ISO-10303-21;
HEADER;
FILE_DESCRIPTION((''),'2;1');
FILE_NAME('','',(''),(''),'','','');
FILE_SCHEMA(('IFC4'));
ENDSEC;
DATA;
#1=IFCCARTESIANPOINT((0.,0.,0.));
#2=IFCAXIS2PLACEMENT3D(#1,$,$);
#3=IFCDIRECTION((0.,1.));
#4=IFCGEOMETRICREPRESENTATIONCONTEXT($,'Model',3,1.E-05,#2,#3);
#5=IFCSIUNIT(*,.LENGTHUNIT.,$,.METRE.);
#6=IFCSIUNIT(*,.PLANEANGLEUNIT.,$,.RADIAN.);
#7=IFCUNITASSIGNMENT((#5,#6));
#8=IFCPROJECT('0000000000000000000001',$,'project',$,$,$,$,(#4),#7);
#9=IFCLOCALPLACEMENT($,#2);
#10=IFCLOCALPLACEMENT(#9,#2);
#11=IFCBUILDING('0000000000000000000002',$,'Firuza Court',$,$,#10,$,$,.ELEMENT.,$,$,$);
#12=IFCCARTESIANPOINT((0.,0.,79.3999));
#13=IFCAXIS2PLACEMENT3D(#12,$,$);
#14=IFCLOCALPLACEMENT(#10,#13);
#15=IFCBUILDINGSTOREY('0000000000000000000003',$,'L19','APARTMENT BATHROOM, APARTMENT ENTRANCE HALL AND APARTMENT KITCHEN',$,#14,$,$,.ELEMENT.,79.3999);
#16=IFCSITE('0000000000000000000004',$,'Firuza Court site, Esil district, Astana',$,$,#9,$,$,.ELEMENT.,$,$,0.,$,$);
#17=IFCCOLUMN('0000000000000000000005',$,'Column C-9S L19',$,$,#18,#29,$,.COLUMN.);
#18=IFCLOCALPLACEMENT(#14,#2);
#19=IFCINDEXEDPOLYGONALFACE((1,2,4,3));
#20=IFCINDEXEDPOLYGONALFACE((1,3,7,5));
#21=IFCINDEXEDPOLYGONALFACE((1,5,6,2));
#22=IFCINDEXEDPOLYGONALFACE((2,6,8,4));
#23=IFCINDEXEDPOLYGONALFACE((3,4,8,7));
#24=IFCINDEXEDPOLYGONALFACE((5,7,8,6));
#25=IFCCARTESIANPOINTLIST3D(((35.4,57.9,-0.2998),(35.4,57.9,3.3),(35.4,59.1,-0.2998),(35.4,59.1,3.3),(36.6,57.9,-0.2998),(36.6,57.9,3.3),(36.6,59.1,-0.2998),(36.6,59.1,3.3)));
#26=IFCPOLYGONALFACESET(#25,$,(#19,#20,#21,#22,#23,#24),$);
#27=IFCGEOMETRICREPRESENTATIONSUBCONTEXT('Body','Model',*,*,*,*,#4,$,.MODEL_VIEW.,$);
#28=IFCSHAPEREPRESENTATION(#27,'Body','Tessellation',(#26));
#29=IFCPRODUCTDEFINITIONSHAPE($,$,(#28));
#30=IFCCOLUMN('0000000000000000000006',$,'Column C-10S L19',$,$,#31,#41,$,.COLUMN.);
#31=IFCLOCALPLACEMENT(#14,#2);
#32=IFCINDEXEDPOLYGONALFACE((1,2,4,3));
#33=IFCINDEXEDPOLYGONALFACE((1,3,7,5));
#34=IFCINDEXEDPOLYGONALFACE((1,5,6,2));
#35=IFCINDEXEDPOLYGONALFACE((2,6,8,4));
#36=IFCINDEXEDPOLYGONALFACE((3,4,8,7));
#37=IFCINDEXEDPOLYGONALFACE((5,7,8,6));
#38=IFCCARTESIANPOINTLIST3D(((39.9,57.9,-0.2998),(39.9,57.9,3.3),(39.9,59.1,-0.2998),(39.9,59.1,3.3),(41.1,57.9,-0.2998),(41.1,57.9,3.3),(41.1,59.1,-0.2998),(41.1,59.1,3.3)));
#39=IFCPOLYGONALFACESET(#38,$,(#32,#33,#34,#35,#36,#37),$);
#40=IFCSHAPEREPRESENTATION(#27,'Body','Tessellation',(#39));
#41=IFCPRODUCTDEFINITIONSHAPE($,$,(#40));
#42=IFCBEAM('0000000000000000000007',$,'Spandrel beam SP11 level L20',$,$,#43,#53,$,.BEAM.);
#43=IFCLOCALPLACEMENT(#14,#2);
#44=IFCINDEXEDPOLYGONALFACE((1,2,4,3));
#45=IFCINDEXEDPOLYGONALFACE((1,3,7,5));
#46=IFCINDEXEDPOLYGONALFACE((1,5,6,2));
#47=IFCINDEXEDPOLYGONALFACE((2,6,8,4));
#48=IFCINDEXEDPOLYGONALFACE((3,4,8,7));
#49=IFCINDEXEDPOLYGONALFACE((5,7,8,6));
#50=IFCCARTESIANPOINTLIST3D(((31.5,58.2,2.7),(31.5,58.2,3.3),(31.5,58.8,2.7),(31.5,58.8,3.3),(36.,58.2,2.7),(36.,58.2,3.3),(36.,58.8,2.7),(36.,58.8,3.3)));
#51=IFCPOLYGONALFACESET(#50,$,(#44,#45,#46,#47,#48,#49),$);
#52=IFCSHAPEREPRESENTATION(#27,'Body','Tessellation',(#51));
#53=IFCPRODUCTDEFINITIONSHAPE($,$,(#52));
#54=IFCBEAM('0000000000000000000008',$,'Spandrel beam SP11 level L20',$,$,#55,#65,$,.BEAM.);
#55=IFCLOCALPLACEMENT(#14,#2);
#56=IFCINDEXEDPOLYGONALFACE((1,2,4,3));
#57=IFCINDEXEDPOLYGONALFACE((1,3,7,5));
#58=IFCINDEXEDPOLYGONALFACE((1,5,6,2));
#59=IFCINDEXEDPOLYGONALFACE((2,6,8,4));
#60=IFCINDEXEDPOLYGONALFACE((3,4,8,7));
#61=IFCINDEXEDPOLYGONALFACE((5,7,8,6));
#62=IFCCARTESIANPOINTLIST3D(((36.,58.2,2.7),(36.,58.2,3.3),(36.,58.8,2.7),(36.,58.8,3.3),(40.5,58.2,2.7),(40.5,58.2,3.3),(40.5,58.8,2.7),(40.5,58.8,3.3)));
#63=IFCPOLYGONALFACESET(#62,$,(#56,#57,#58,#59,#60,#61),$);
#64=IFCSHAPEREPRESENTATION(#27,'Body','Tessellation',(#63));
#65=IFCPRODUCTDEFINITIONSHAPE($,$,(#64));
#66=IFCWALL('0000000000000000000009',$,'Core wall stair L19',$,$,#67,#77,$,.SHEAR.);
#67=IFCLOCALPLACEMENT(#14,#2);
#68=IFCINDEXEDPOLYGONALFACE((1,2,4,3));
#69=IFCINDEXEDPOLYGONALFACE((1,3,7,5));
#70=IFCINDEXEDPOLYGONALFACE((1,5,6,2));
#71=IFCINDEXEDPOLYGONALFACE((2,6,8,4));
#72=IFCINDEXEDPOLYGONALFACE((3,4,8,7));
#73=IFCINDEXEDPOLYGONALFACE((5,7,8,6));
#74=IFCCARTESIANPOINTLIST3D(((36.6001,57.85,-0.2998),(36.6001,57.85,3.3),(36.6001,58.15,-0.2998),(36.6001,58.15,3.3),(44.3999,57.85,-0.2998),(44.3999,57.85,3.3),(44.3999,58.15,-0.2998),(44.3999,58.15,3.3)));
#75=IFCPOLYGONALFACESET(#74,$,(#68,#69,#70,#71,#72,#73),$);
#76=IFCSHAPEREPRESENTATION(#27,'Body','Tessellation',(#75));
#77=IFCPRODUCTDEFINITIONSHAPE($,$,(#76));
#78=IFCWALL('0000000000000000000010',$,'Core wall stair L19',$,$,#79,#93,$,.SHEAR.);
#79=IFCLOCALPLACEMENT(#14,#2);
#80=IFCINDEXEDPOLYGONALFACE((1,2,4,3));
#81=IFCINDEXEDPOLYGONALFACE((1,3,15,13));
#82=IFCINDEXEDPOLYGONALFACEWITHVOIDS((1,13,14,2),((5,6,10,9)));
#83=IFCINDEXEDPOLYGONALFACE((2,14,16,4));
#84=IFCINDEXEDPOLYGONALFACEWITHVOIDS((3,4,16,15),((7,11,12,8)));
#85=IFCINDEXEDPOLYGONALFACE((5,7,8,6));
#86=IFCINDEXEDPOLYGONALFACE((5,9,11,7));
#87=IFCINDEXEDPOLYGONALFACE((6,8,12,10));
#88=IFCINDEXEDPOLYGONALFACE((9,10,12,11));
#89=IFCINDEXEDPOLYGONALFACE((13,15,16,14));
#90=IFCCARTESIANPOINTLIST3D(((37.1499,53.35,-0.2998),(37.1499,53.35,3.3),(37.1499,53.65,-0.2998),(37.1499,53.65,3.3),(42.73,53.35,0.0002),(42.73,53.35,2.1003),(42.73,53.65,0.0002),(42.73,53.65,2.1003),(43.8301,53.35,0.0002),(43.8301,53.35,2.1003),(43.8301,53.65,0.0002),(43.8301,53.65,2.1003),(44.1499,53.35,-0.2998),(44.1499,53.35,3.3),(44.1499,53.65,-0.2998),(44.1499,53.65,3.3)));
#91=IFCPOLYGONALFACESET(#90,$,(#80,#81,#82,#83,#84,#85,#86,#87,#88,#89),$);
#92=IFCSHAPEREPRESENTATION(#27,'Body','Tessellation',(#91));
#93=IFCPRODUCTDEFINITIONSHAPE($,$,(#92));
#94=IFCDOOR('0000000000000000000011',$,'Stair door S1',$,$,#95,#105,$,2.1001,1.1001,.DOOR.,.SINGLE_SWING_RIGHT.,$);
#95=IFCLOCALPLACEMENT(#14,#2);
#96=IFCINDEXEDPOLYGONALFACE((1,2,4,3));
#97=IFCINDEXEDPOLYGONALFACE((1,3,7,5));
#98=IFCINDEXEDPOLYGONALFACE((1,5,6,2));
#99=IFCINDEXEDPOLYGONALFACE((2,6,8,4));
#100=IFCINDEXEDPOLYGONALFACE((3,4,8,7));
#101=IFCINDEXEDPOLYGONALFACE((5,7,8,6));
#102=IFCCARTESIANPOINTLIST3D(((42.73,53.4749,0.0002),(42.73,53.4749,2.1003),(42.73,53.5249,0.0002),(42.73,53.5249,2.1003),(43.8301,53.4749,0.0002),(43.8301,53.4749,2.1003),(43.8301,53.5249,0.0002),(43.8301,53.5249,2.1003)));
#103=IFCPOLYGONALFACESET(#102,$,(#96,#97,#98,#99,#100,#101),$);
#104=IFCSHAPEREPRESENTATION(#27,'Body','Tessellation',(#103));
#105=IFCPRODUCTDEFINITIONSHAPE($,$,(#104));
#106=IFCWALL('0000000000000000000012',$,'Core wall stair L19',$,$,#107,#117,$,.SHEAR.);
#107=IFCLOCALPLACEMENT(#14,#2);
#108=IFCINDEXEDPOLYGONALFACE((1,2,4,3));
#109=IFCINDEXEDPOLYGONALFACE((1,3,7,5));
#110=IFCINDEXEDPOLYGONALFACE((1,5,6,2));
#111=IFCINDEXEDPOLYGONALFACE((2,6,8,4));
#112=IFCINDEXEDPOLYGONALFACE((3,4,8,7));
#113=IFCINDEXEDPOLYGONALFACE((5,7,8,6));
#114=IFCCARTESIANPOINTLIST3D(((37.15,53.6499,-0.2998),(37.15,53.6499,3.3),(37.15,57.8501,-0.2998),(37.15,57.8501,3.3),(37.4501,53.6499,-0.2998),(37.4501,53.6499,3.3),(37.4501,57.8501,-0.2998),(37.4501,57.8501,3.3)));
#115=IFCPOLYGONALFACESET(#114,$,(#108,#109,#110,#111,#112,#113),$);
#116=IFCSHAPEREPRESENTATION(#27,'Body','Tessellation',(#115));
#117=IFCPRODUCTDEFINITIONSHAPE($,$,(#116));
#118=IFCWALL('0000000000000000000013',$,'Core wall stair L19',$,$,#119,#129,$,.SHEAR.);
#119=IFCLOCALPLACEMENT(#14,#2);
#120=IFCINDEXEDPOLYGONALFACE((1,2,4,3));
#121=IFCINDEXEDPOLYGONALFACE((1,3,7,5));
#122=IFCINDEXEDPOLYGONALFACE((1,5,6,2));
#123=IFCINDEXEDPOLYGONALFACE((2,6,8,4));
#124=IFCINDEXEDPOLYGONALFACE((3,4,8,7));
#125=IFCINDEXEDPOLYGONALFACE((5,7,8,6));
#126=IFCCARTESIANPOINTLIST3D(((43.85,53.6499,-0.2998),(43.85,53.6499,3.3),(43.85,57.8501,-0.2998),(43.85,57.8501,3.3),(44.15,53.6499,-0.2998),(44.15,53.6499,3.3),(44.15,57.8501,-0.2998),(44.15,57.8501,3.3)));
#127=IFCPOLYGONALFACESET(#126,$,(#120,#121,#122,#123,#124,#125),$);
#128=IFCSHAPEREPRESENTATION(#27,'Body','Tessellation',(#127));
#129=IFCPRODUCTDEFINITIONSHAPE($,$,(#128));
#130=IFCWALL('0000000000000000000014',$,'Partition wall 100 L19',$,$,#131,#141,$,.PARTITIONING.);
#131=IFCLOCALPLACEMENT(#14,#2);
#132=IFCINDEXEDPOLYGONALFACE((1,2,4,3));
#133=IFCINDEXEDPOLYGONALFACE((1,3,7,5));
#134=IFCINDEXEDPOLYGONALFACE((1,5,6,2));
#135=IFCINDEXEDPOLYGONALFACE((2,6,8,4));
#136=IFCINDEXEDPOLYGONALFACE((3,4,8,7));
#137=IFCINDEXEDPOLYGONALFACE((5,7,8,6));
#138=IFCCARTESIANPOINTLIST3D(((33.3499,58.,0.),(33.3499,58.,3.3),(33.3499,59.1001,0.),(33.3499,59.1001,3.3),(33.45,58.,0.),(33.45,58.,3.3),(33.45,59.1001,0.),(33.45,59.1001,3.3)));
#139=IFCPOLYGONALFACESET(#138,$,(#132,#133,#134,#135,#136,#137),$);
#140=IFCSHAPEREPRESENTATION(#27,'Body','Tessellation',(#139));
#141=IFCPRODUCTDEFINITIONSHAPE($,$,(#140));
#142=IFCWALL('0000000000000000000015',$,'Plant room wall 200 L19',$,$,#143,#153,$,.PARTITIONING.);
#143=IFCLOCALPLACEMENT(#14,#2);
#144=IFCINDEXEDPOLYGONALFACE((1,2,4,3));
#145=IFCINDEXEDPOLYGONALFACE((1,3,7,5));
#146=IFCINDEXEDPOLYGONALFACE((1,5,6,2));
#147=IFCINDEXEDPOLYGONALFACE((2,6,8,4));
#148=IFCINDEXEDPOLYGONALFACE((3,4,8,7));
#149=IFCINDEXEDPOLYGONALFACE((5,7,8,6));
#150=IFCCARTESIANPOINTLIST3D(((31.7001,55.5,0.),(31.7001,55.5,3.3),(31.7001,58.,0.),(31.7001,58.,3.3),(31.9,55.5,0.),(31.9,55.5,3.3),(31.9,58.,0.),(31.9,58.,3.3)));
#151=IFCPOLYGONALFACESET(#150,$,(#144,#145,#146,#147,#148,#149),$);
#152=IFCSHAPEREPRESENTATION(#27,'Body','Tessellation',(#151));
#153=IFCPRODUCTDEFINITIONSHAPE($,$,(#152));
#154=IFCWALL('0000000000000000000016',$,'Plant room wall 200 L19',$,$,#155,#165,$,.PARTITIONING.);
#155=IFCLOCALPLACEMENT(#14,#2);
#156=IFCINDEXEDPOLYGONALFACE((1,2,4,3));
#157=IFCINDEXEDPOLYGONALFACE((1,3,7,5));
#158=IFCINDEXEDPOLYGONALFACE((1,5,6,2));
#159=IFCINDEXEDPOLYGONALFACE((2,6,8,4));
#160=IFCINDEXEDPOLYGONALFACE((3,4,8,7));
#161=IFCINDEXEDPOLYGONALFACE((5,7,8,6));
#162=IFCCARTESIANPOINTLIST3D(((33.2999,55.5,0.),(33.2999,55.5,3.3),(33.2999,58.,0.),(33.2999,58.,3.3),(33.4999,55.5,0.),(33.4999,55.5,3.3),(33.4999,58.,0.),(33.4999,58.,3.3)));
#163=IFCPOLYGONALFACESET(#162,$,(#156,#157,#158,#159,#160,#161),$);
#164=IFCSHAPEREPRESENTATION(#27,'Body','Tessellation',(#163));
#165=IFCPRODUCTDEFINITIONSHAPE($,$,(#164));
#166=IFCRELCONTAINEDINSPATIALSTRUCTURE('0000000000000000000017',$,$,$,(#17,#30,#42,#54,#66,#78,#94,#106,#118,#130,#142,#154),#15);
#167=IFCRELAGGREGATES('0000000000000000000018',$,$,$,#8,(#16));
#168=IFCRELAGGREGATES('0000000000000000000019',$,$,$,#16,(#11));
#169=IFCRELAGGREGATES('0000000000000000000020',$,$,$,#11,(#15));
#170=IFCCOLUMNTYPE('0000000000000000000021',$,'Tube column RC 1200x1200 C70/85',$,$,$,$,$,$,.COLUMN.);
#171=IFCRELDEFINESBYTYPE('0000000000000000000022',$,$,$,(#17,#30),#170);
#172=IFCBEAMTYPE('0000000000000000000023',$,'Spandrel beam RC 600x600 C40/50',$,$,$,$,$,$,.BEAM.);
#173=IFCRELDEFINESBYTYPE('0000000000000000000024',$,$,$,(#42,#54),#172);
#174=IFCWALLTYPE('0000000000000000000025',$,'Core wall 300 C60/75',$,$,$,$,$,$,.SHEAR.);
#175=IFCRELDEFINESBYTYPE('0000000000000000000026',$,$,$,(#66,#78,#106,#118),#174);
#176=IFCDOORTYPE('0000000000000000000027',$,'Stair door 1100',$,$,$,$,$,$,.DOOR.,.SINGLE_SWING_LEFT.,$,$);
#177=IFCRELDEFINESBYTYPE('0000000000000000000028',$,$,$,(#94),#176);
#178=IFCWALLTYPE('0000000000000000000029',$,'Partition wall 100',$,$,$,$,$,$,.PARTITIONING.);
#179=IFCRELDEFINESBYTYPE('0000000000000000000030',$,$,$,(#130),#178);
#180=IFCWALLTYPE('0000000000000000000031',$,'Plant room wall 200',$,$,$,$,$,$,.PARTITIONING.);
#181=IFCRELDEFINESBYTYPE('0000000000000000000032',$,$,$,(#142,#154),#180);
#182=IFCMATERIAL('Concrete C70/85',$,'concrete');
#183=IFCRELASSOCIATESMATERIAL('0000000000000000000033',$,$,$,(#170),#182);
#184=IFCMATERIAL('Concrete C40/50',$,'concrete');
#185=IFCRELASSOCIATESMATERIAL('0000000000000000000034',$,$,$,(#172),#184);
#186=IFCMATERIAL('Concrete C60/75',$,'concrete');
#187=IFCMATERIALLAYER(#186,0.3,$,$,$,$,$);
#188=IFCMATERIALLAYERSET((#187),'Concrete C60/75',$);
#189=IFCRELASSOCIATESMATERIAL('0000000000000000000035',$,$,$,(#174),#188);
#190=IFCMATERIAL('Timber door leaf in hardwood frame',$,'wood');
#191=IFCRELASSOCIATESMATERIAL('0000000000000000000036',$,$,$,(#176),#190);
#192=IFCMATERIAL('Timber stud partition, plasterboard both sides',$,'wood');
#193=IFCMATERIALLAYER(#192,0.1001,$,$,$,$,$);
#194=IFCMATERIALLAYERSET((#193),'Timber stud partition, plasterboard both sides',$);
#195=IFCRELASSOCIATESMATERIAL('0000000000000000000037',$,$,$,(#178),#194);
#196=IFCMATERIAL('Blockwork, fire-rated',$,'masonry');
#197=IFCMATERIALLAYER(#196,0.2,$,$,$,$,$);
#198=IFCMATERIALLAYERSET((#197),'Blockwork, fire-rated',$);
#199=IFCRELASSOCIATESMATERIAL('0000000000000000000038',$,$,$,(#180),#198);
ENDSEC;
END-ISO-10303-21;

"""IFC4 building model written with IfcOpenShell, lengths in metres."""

from ifc_helpers import new_model, si_unit, direction, frame, frame_2d, origin, origin_2d, place, context, subcontext, project, spatial, rectangle, extrude, material, layer, layer_set, material_profile, profile_set, type_object, element, fill, save


model = new_model("IFC4")

# Units and contexts
model_context = context("Model", 3, precision=1e-05, world=origin(), true_north=direction((0.0, 1.0)))
body_context = subcontext(model_context, "Body", "Model", "MODEL_VIEW")
ifc_project = project(units=[si_unit("LENGTHUNIT", "METRE"), si_unit("PLANEANGLEUNIT", "RADIAN")], contexts=[model_context])

# Site, building, storey
site_placement = place(None, origin())
site = spatial("IfcSite", under=ifc_project, at=site_placement, Name="Firuza Court site, Esil district, Astana", CompositionType="ELEMENT", RefElevation=0.0)
building_placement = place(site_placement, origin())
building = spatial("IfcBuilding", under=site, at=building_placement, Name="Firuza Court", CompositionType="ELEMENT")
storey_placement = place(building_placement, frame((0.0, 0.0, 79.3999)))
storey = spatial("IfcBuildingStorey", under=building, at=storey_placement, Name="L19", Description="APARTMENT BATHROOM, APARTMENT ENTRANCE HALL AND APARTMENT KITCHEN", CompositionType="ELEMENT", Elevation=79.3999)

# Columns
ifc_material_1 = material(Name="Concrete C70/85", Category="concrete")
ifc_material_profile_1 = material_profile(ifc_material_1, rectangle(XDim=1.2, YDim=1.2, at=origin_2d()), Name="RC 1200x1200")
ifc_profile_set_1 = profile_set([ifc_material_profile_1], Name="Concrete C70/85")
column_type = type_object("IfcColumnType", Name="Tube column RC 1200x1200 C70/85", PredefinedType="COLUMN", material=ifc_profile_set_1)
for number, where, z_axis, x_axis, name in (
    (1, (36.0, 58.5, -0.2998), (0.0, 0.0, 1.0), (1.0, 0.0, 0.0), "Column C-9S L19"),
    (2, (40.5, 58.5, -0.2998), (0.0, 0.0, 1.0), (1.0, 0.0, 0.0), "Column C-10S L19"),
):
    element("IfcColumn", number, at=place(storey_placement, frame(where, z_axis=z_axis, x_axis=x_axis)), inside=storey, type_object=column_type, Name=name, PredefinedType="COLUMN", context=body_context, shape_type="SweptSolid", body=[
        extrude(rectangle(XDim=1.2, YDim=1.2, at=origin_2d()), origin(), (0.0, 0.0, 1.0), 3.5999),
    ])

# Beams
ifc_material_2 = material(Name="Concrete C40/50", Category="concrete")
ifc_material_profile_2 = material_profile(ifc_material_2, rectangle(XDim=0.6001, YDim=0.6001, at=origin_2d()), Name="RC 600x600")
ifc_profile_set_2 = profile_set([ifc_material_profile_2], Name="Concrete C40/50")
beam_type = type_object("IfcBeamType", Name="Spandrel beam RC 600x600 C40/50", PredefinedType="BEAM", material=ifc_profile_set_2)
for number, where, z_axis, x_axis, name in (
    (3, (36.0, 58.5, 3.0), (-1.0, 0.0, 0.0), (0.0, -1.0, 0.0), "Spandrel beam SP11 level L20"),
    (4, (40.5, 58.5, 3.0), (-1.0, 0.0, 0.0), (0.0, -1.0, 0.0), "Spandrel beam SP11 level L20"),
):
    element("IfcBeam", number, at=place(storey_placement, frame(where, z_axis=z_axis, x_axis=x_axis)), inside=storey, type_object=beam_type, Name=name, PredefinedType="BEAM", context=body_context, shape_type="SweptSolid", body=[
        extrude(rectangle(XDim=0.6001, YDim=0.6001, at=origin_2d()), origin(), (0.0, 0.0, 1.0), 4.5),
    ])

# Wall
ifc_material_3 = material(Name="Concrete C60/75", Category="concrete")
ifc_layer_1 = layer(ifc_material_3, 0.3)
ifc_layer_set_1 = layer_set([ifc_layer_1], Name="Concrete C60/75")
wall_type_1 = type_object("IfcWallType", Name="Core wall 300 C60/75", PredefinedType="SHEAR", material=ifc_layer_set_1)
wall_1_placement = place(storey_placement, frame((36.6001, 58.0, -0.2998), z_axis=(0.0, 0.0, 1.0), x_axis=(1.0, 0.0, 0.0)))
element("IfcWall", 5, at=wall_1_placement, inside=storey, type_object=wall_type_1, Name="Core wall stair L19", PredefinedType="SHEAR", context=body_context, shape_type="SweptSolid", body=[
    extrude(rectangle(XDim=7.7998, YDim=0.3, at=frame_2d((3.8999, 0.0))), origin(), (0.0, 0.0, 1.0), 3.5999),
])

# Wall, opening, door
wall_2_placement = place(storey_placement, frame((37.1499, 53.5, -0.2998), z_axis=(0.0, 0.0, 1.0), x_axis=(1.0, 0.0, 0.0)))
wall_2 = element("IfcWall", 6, at=wall_2_placement, inside=storey, type_object=wall_type_1, Name="Core wall stair L19", PredefinedType="SHEAR", context=body_context, shape_type="SweptSolid", body=[
    extrude(rectangle(XDim=7.0, YDim=0.3, at=frame_2d((3.5, 0.0))), origin(), (0.0, 0.0, 1.0), 3.5999),
])
opening_1_placement = place(wall_2_placement, frame((5.5801, 0.0, 0.3)))
opening_1 = element("IfcOpeningElement", 7, at=opening_1_placement, cuts=wall_2, PredefinedType="OPENING", context=body_context, shape_type="SweptSolid", body=[
    extrude(rectangle(XDim=1.1001, YDim=2.1001, at=frame_2d((0.55, 1.05))), frame((0.0, 0.1621, 0.0), z_axis=(0.0, -1.0, 0.0), x_axis=(1.0, 0.0, 0.0)), (0.0, 0.0, 1.0), 0.324),
])
ifc_material_4 = material(Name="Timber door leaf in hardwood frame", Category="wood")
door_type_1 = type_object("IfcDoorType", Name="Stair door 1100", OperationType="SINGLE_SWING_LEFT", PredefinedType="DOOR", material=ifc_material_4)
door_1_placement = place(opening_1_placement, origin())
door_1 = element("IfcDoor", 8, at=door_1_placement, inside=storey, type_object=door_type_1, Name="Stair door S1", OperationType="SINGLE_SWING_RIGHT", OverallHeight=2.1001, OverallWidth=1.1001, PredefinedType="DOOR", context=body_context, shape_type="SweptSolid", body=[
    extrude(rectangle(XDim=1.1001, YDim=2.1001, at=frame_2d((0.55, 1.05))), frame((0.0, 0.0249, 0.0), z_axis=(0.0, -1.0, 0.0), x_axis=(1.0, 0.0, 0.0)), (0.0, 0.0, 1.0), 0.05),
])
fill(opening_1, door_1)

# Walls
for number, where, z_axis, x_axis, name in (
    (9, (37.3, 53.6499, -0.2998), (0.0, 0.0, 1.0), (0.0, 1.0, 0.0), "Core wall stair L19"),
    (10, (44.0, 53.6499, -0.2998), (0.0, 0.0, 1.0), (0.0, 1.0, 0.0), "Core wall stair L19"),
):
    element("IfcWall", number, at=place(storey_placement, frame(where, z_axis=z_axis, x_axis=x_axis)), inside=storey, type_object=wall_type_1, Name=name, PredefinedType="SHEAR", context=body_context, shape_type="SweptSolid", body=[
        extrude(rectangle(XDim=4.2002, YDim=0.3, at=frame_2d((2.1001, 0.0))), origin(), (0.0, 0.0, 1.0), 3.5999),
    ])
ifc_material_5 = material(Name="Timber stud partition, plasterboard both sides", Category="wood")
ifc_layer_2 = layer(ifc_material_5, 0.1001)
ifc_layer_set_2 = layer_set([ifc_layer_2], Name="Timber stud partition, plasterboard both sides")
wall_type_2 = type_object("IfcWallType", Name="Partition wall 100", PredefinedType="PARTITIONING", material=ifc_layer_set_2)
wall_3_placement = place(storey_placement, frame((33.3999, 58.0, 0.0), z_axis=(0.0, 0.0, 1.0), x_axis=(0.0, 1.0, 0.0)))
element("IfcWall", 11, at=wall_3_placement, inside=storey, type_object=wall_type_2, Name="Partition wall 100 L19", PredefinedType="PARTITIONING", context=body_context, shape_type="SweptSolid", body=[
    extrude(rectangle(XDim=1.1001, YDim=0.1001, at=frame_2d((0.55, 0.0))), origin(), (0.0, 0.0, 1.0), 3.3),
])
ifc_material_6 = material(Name="Blockwork, fire-rated", Category="masonry")
ifc_layer_3 = layer(ifc_material_6, 0.2)
ifc_layer_set_3 = layer_set([ifc_layer_3], Name="Blockwork, fire-rated")
wall_type_3 = type_object("IfcWallType", Name="Plant room wall 200", PredefinedType="PARTITIONING", material=ifc_layer_set_3)
for number, where, z_axis, x_axis, name in (
    (12, (31.8, 55.5, 0.0), (0.0, 0.0, 1.0), (0.0, 1.0, 0.0), "Plant room wall 200 L19"),
    (13, (33.3999, 55.5, 0.0), (0.0, 0.0, 1.0), (0.0, 1.0, 0.0), "Plant room wall 200 L19"),
):
    element("IfcWall", number, at=place(storey_placement, frame(where, z_axis=z_axis, x_axis=x_axis)), inside=storey, type_object=wall_type_3, Name=name, PredefinedType="PARTITIONING", context=body_context, shape_type="SweptSolid", body=[
        extrude(rectangle(XDim=2.5, YDim=0.2, at=frame_2d((1.25, 0.0))), origin(), (0.0, 0.0, 1.0), 3.3),
    ])

save(model, "model.ifc")
